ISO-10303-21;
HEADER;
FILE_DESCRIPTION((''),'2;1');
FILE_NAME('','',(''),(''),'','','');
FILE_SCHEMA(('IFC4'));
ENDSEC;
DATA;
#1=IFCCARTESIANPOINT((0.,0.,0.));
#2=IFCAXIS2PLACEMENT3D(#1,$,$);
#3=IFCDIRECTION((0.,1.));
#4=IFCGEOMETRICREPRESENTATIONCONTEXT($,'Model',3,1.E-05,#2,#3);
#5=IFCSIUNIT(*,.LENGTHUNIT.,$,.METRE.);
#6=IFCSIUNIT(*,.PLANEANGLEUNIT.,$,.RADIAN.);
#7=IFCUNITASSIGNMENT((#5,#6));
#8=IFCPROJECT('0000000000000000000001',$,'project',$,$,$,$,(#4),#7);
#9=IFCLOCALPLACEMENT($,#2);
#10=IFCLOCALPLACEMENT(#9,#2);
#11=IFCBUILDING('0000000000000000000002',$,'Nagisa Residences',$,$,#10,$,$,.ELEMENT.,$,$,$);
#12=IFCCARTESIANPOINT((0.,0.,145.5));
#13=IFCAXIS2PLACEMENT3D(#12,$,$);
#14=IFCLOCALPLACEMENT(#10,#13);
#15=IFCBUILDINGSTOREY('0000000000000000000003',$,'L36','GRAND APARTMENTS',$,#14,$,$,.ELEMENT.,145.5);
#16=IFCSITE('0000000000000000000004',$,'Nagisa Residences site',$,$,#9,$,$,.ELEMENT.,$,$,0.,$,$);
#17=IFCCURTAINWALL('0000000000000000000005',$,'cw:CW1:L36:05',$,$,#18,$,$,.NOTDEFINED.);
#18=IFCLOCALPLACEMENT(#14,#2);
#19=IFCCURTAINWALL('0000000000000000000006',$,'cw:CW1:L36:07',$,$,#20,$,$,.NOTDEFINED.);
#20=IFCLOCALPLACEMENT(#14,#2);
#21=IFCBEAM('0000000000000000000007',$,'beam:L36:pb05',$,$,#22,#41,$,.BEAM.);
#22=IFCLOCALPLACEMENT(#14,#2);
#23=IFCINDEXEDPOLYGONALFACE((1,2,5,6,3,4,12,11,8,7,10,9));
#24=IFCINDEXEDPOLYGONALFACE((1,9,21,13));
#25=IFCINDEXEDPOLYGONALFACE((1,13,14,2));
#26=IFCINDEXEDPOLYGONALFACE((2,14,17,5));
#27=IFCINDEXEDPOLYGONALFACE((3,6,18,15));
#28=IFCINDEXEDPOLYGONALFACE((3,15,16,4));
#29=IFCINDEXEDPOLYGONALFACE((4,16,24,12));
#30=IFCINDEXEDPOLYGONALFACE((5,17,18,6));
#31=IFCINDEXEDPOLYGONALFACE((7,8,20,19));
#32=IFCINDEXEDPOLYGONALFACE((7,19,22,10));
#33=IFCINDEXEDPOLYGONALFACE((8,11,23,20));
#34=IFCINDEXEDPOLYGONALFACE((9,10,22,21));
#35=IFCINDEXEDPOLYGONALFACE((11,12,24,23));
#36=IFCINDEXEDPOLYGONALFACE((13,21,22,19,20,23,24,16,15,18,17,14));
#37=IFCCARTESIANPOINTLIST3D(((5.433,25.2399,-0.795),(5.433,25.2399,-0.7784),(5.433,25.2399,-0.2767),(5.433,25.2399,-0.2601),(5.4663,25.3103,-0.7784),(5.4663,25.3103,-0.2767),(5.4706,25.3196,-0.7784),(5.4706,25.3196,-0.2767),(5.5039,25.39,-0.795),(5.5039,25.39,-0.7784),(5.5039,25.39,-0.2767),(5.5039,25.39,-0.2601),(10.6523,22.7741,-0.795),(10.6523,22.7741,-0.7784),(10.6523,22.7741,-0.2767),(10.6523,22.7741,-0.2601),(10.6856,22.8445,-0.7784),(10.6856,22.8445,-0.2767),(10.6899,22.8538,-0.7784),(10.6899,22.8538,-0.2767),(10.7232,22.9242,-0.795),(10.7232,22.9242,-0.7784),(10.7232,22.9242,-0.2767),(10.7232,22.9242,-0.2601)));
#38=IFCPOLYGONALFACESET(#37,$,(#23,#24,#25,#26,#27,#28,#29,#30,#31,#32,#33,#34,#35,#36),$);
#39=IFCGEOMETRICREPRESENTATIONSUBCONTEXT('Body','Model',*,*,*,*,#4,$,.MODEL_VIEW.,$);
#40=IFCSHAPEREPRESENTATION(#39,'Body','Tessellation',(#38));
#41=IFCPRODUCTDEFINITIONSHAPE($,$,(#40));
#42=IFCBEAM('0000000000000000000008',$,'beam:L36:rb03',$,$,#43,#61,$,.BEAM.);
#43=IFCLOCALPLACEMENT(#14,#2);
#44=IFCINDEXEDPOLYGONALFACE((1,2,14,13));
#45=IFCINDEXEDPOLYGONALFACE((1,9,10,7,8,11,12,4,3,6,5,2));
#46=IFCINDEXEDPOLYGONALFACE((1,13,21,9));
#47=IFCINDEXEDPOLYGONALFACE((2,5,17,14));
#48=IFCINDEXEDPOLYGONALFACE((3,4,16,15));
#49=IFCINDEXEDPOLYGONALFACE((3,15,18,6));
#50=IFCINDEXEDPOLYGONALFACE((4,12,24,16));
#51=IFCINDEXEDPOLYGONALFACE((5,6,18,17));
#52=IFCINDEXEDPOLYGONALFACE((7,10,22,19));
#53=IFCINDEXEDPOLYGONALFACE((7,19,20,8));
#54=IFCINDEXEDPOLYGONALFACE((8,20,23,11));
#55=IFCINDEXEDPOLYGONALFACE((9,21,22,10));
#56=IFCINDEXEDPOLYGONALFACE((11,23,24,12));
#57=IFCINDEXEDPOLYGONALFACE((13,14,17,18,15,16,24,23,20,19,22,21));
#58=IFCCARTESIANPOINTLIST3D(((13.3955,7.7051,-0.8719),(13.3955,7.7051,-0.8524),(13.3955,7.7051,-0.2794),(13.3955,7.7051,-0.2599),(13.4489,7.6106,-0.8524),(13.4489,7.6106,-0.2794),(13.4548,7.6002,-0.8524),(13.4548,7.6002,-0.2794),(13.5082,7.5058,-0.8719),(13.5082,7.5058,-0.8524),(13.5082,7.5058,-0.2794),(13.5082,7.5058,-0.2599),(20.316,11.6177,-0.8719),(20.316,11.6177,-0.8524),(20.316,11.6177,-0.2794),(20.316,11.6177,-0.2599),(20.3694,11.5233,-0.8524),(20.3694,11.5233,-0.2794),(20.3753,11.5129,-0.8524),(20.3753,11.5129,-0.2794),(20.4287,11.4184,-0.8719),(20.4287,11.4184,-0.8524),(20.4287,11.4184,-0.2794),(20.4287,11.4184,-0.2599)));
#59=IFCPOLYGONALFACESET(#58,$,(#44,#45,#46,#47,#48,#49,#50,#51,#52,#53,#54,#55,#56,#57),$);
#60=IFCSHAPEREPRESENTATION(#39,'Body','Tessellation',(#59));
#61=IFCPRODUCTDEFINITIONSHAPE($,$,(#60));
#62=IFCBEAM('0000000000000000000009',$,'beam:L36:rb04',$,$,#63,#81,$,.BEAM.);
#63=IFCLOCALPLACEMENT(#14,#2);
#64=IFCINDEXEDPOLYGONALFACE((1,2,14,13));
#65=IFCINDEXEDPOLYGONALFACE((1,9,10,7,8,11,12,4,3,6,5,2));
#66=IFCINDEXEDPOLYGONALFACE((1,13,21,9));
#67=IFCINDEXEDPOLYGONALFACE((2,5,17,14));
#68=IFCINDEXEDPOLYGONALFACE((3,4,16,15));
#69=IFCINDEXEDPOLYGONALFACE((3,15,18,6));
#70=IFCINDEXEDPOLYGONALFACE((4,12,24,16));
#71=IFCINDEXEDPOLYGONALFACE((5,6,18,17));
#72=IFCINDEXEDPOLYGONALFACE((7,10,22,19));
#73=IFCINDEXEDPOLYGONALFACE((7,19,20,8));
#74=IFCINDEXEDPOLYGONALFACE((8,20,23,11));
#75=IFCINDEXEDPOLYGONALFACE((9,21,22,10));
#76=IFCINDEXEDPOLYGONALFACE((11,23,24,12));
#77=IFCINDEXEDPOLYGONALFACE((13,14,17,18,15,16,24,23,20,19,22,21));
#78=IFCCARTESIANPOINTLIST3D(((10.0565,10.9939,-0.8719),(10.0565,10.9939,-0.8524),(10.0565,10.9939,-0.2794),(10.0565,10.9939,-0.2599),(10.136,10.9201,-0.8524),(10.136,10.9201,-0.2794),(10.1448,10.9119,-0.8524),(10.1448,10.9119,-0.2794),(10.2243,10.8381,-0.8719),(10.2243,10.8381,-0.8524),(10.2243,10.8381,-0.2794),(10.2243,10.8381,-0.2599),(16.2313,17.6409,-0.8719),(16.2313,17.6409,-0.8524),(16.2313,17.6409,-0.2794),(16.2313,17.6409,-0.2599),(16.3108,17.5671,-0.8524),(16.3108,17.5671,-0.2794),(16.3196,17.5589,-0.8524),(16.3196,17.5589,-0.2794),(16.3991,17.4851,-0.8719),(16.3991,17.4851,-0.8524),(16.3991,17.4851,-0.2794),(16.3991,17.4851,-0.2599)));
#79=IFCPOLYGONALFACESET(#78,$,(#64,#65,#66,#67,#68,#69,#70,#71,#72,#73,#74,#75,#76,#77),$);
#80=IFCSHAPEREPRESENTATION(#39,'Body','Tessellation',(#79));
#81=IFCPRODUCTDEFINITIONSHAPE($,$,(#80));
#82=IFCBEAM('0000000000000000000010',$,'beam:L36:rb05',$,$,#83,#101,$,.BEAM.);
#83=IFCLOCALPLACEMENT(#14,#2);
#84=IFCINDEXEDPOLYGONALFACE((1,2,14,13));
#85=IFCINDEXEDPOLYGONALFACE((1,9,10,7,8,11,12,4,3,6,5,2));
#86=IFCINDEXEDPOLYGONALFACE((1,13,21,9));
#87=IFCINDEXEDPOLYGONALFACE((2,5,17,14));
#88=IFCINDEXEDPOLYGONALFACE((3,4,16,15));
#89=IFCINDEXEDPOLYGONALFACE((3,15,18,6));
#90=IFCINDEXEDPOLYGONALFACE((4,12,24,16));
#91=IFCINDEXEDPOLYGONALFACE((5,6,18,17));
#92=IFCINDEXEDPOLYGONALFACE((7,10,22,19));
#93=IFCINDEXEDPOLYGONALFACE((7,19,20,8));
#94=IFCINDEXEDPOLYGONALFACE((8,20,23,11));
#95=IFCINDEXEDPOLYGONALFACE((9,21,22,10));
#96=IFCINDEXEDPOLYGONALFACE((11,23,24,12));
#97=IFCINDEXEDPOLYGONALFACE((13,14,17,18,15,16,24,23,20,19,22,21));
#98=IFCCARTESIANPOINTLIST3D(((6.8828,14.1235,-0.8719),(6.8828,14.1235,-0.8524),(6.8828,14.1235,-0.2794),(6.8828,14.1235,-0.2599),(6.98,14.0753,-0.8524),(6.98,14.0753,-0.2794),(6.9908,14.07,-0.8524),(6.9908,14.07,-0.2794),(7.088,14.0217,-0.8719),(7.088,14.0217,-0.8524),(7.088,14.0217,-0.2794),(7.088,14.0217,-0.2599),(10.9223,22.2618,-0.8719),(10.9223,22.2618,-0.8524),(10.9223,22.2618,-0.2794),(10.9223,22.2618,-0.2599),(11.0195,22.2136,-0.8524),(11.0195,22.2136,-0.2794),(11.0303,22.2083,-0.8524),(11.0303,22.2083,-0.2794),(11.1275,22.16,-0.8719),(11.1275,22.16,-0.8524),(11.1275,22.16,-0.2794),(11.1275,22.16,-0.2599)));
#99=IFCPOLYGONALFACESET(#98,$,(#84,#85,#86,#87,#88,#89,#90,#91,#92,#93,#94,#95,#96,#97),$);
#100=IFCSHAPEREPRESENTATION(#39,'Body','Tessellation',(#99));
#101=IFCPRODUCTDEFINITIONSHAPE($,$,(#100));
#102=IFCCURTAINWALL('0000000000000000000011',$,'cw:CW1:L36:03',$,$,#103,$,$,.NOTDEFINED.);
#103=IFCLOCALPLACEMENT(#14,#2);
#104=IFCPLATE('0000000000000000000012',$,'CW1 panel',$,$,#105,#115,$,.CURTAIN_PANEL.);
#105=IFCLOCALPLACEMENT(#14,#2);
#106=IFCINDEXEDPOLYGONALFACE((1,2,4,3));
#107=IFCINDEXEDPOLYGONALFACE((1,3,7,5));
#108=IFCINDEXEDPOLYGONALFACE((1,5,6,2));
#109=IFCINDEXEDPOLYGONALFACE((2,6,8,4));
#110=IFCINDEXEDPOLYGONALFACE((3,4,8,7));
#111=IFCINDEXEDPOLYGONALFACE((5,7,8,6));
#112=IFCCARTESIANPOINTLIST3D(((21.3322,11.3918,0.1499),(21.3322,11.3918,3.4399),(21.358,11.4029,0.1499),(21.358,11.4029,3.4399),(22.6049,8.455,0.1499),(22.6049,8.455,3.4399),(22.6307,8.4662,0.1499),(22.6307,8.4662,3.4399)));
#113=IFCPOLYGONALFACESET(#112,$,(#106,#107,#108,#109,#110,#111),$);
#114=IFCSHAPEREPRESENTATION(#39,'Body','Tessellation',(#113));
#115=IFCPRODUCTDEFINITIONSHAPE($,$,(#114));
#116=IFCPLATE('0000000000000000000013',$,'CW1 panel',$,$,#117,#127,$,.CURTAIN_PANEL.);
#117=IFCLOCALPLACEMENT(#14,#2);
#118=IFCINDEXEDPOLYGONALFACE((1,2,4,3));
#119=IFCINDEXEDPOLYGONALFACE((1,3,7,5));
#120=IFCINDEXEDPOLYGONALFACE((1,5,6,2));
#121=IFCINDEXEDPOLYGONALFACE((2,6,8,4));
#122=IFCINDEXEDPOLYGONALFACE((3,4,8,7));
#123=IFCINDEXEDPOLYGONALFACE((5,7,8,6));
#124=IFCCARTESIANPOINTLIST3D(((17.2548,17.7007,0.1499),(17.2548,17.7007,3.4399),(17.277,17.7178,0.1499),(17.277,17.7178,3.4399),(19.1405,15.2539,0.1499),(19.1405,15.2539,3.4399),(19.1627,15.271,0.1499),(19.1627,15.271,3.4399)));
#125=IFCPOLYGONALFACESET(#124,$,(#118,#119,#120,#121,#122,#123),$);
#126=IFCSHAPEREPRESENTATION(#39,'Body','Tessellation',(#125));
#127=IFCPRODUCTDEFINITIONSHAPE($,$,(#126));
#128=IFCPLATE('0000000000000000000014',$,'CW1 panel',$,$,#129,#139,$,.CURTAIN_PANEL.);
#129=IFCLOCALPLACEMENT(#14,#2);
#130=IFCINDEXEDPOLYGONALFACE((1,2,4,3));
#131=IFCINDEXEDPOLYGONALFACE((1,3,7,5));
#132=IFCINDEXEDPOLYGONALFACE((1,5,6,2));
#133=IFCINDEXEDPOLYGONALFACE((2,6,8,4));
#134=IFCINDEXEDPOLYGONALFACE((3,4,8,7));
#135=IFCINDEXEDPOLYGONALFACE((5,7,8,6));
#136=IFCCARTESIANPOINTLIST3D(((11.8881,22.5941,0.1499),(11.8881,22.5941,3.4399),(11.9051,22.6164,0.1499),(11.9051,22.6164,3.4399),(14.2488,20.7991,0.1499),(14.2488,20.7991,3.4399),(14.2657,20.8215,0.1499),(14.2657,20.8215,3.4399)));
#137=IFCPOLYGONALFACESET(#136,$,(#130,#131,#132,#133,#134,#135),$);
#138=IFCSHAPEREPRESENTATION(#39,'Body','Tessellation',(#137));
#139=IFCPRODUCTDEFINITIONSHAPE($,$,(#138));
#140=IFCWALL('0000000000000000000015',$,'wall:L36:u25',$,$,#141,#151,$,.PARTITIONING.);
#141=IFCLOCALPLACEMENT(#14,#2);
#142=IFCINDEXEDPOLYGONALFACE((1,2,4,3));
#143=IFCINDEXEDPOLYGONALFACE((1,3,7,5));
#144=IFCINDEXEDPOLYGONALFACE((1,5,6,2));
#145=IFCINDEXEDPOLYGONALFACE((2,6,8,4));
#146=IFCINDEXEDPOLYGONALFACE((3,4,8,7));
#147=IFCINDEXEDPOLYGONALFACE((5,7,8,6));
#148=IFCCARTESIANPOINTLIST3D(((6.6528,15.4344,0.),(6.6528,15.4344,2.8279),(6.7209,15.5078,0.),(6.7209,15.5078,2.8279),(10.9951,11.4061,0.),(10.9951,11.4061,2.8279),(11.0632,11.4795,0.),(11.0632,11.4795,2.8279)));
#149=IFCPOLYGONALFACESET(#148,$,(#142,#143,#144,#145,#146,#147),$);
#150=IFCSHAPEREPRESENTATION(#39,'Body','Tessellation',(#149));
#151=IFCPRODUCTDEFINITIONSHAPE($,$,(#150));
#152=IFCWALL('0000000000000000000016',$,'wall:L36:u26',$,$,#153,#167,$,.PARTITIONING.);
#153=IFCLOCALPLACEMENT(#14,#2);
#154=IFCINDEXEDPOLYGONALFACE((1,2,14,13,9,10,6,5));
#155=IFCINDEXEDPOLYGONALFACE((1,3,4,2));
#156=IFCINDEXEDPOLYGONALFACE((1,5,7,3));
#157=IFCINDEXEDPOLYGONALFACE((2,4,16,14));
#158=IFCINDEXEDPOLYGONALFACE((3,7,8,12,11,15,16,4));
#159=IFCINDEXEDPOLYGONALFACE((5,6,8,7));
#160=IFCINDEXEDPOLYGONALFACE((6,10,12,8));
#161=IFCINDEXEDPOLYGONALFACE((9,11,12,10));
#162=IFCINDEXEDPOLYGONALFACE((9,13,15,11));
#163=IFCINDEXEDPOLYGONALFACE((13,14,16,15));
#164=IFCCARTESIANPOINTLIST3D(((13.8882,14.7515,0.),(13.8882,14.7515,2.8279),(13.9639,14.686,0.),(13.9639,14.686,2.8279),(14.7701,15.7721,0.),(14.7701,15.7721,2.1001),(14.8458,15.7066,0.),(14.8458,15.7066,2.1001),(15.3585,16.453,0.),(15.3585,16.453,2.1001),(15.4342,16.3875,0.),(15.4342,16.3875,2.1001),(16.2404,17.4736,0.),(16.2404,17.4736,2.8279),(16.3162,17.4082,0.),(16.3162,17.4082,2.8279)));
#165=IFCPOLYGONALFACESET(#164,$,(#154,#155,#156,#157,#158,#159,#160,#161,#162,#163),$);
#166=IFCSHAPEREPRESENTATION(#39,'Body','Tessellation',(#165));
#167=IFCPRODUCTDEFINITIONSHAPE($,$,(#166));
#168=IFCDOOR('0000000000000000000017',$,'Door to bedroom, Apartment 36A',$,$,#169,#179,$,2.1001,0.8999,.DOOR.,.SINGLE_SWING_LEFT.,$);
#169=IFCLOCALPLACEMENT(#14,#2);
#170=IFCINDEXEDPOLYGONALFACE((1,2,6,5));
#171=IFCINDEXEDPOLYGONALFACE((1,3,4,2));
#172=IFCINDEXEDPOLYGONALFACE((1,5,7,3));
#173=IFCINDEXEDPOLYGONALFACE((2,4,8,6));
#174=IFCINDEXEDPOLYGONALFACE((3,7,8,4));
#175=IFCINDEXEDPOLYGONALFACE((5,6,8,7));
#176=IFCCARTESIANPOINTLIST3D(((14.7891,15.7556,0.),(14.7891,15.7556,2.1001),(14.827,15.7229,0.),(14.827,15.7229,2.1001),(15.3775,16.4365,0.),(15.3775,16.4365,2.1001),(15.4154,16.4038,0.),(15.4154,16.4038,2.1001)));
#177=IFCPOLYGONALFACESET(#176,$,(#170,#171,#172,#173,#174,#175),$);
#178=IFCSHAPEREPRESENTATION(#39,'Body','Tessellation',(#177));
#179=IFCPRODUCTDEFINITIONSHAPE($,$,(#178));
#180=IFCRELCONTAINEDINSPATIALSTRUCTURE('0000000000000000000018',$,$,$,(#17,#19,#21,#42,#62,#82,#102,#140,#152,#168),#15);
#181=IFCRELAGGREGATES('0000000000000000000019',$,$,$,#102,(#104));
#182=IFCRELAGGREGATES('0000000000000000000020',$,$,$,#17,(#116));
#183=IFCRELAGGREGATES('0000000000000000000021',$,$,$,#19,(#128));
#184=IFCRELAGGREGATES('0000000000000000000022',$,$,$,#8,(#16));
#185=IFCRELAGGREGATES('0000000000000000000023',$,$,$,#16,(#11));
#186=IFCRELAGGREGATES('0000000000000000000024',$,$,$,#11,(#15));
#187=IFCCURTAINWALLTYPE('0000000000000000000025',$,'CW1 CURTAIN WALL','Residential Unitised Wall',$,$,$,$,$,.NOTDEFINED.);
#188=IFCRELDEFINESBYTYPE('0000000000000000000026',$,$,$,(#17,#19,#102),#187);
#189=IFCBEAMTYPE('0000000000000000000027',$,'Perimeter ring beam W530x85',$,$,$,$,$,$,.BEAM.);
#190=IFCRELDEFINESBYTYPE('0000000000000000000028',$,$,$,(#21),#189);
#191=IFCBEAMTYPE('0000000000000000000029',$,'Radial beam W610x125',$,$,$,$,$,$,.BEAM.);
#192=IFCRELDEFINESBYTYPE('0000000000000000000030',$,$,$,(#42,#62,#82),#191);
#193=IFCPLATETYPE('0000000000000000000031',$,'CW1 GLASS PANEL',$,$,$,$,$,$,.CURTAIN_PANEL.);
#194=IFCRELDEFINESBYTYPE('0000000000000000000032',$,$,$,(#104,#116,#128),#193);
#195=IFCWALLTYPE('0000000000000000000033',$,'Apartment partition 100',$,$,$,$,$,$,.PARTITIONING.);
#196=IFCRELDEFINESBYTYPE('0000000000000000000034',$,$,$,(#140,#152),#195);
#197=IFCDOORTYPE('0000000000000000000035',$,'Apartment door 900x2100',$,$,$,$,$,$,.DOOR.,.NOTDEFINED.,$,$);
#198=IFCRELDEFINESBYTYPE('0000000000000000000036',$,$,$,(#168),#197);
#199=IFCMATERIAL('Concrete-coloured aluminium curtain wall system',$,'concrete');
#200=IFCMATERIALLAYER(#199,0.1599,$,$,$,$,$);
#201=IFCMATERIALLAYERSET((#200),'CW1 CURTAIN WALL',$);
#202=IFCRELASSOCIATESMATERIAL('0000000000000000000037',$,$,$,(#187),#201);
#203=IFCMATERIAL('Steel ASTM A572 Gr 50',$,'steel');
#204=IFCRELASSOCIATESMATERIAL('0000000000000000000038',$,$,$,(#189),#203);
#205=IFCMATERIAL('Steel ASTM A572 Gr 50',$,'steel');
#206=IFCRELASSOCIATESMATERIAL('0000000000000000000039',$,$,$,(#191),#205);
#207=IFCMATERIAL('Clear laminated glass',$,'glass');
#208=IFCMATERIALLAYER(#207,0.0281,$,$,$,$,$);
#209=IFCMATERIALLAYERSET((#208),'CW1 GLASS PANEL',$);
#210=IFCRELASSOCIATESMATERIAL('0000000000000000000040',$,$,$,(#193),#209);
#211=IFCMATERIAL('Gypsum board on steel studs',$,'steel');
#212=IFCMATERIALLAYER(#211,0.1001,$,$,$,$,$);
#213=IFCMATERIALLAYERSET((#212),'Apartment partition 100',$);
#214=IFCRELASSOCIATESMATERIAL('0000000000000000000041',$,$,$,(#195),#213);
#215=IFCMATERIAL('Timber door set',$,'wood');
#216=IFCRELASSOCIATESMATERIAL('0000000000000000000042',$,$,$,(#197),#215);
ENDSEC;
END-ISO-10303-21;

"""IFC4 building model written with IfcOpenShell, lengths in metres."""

from ifc_helpers import new_model, si_unit, direction, frame, frame_2d, origin, origin_2d, place, context, subcontext, project, spatial, rectangle, i_section, extrude, material, layer, layer_set, material_profile, profile_set, type_object, element, fill, aggregate, save


model = new_model("IFC4")

# Units and contexts
model_context = context("Model", 3, precision=1e-05, world=origin(), true_north=direction((0.0, 1.0)))
body_context = subcontext(model_context, "Body", "Model", "MODEL_VIEW")
ifc_project = project(units=[si_unit("LENGTHUNIT", "METRE"), si_unit("PLANEANGLEUNIT", "RADIAN")], contexts=[model_context])

# Site, building, storey
site_placement = place(None, origin())
site = spatial("IfcSite", under=ifc_project, at=site_placement, Name="Nagisa Residences site", CompositionType="ELEMENT", RefElevation=0.0)
building_placement = place(site_placement, origin())
building = spatial("IfcBuilding", under=site, at=building_placement, Name="Nagisa Residences", CompositionType="ELEMENT")
storey_placement = place(building_placement, frame((0.0, 0.0, 145.5)))
storey = spatial("IfcBuildingStorey", under=building, at=storey_placement, Name="L36", Description="GRAND APARTMENTS", CompositionType="ELEMENT", Elevation=145.5)

# Curtain walls
ifc_material_1 = material(Name="Concrete-coloured aluminium curtain wall system", Category="concrete")
ifc_layer_1 = layer(ifc_material_1, 0.1599)
ifc_layer_set_1 = layer_set([ifc_layer_1], Name="CW1 CURTAIN WALL")
curtain_wall_type = type_object("IfcCurtainWallType", Name="CW1 CURTAIN WALL", Description="Residential Unitised Wall", PredefinedType="NOTDEFINED", material=ifc_layer_set_1)
curtain_wall_1_placement = place(storey_placement, origin())
curtain_wall_1 = element("IfcCurtainWall", 1, at=curtain_wall_1_placement, inside=storey, type_object=curtain_wall_type, Name="cw:CW1:L36:05", PredefinedType="NOTDEFINED")
curtain_wall_2_placement = place(storey_placement, origin())
curtain_wall_2 = element("IfcCurtainWall", 2, at=curtain_wall_2_placement, inside=storey, type_object=curtain_wall_type, Name="cw:CW1:L36:07", PredefinedType="NOTDEFINED")

# Beams
ifc_material_2 = material(Name="Steel ASTM A572 Gr 50", Category="steel")
ifc_material_profile_1 = material_profile(ifc_material_2, i_section(OverallWidth=0.166, OverallDepth=0.5349, WebThickness=0.0103, FlangeThickness=0.0166, at=origin_2d()), Name="W530x85")
ifc_profile_set_1 = profile_set([ifc_material_profile_1], Name="Steel ASTM A572 Gr 50")
beam_type_1 = type_object("IfcBeamType", Name="Perimeter ring beam W530x85", PredefinedType="BEAM", material=ifc_profile_set_1)
beam_1_placement = place(storey_placement, frame((10.6877, 22.8491, -0.5276), z_axis=(-0.90417, 0.427173, 0.0), x_axis=(-0.427173, -0.90417, 0.0)))
element("IfcBeam", 3, at=beam_1_placement, inside=storey, type_object=beam_type_1, Name="beam:L36:pb05", PredefinedType="BEAM", context=body_context, shape_type="SweptSolid", body=[
    extrude(i_section(OverallWidth=0.166, OverallDepth=0.5349, WebThickness=0.0103, FlangeThickness=0.0166, at=origin_2d()), origin(), (0.0, 0.0, 1.0), 5.7725),
])
ifc_material_3 = material(Name="Steel ASTM A572 Gr 50", Category="steel")
ifc_material_profile_2 = material_profile(ifc_material_3, i_section(OverallWidth=0.229, OverallDepth=0.6121, WebThickness=0.012, FlangeThickness=0.0195, at=origin_2d()), Name="W610x125")
ifc_profile_set_2 = profile_set([ifc_material_profile_2], Name="Steel ASTM A572 Gr 50")
beam_type_2 = type_object("IfcBeamType", Name="Radial beam W610x125", PredefinedType="BEAM", material=ifc_profile_set_2)
beam_2_placement = place(storey_placement, frame((20.3723, 11.5181, -0.5659), z_axis=(-0.870506, -0.492158, 0.0), x_axis=(0.492158, -0.870506, 0.0)))
element("IfcBeam", 4, at=beam_2_placement, inside=storey, type_object=beam_type_2, Name="beam:L36:rb03", PredefinedType="BEAM", context=body_context, shape_type="SweptSolid", body=[
    extrude(i_section(OverallWidth=0.229, OverallDepth=0.6121, WebThickness=0.012, FlangeThickness=0.0195, at=origin_2d()), origin(), (0.0, 0.0, 1.0), 7.95),
])
beam_3_placement = place(storey_placement, frame((16.3152, 17.563, -0.5659), z_axis=(-0.680606, -0.73265, 0.0), x_axis=(0.73265, -0.680606, 0.0)))
element("IfcBeam", 5, at=beam_3_placement, inside=storey, type_object=beam_type_2, Name="beam:L36:rb04", PredefinedType="BEAM", context=body_context, shape_type="SweptSolid", body=[
    extrude(i_section(OverallWidth=0.229, OverallDepth=0.6121, WebThickness=0.012, FlangeThickness=0.0195, at=origin_2d()), origin(), (0.0, 0.0, 1.0), 9.0725),
])
beam_4_placement = place(storey_placement, frame((11.0249, 22.2109, -0.5659), z_axis=(-0.4446, -0.895729, 0.0), x_axis=(0.895729, -0.4446, 0.0)))
element("IfcBeam", 6, at=beam_4_placement, inside=storey, type_object=beam_type_2, Name="beam:L36:rb05", PredefinedType="BEAM", context=body_context, shape_type="SweptSolid", body=[
    extrude(i_section(OverallWidth=0.229, OverallDepth=0.6121, WebThickness=0.012, FlangeThickness=0.0195, at=origin_2d()), origin(), (0.0, 0.0, 1.0), 9.0857),
])

# Curtain wall, plate
curtain_wall_3_placement = place(storey_placement, origin())
curtain_wall_3 = element("IfcCurtainWall", 7, at=curtain_wall_3_placement, inside=storey, type_object=curtain_wall_type, Name="cw:CW1:L36:03", PredefinedType="NOTDEFINED")
ifc_material_4 = material(Name="Clear laminated glass", Category="glass")
ifc_layer_2 = layer(ifc_material_4, 0.0281)
ifc_layer_set_2 = layer_set([ifc_layer_2], Name="CW1 GLASS PANEL")
plate_type = type_object("IfcPlateType", Name="CW1 GLASS PANEL", PredefinedType="CURTAIN_PANEL", material=ifc_layer_set_2)
plate_1_placement = place(storey_placement, frame((21.9814, 9.929, 0.1499), z_axis=(0.0, 0.0, 1.0), x_axis=(-0.397636, 0.917543, 0.0)))
plate_1 = element("IfcPlate", 8, at=plate_1_placement, type_object=plate_type, Name="CW1 panel", PredefinedType="CURTAIN_PANEL", context=body_context, shape_type="SweptSolid", body=[
    extrude(rectangle(XDim=3.2007, YDim=0.0281, at=origin_2d()), origin(), (0.0, 0.0, 1.0), 3.29),
])
aggregate(curtain_wall_3, [plate_1])

# Plates
plate_2_placement = place(storey_placement, frame((18.2087, 16.4858, 0.1499), z_axis=(0.0, 0.0, 1.0), x_axis=(-0.61043, 0.79207, 0.0)))
plate_2 = element("IfcPlate", 9, at=plate_2_placement, type_object=plate_type, Name="CW1 panel", PredefinedType="CURTAIN_PANEL", context=body_context, shape_type="SweptSolid", body=[
    extrude(rectangle(XDim=3.0891, YDim=0.0281, at=origin_2d()), origin(), (0.0, 0.0, 1.0), 3.29),
])
aggregate(curtain_wall_1, [plate_2])
plate_3_placement = place(storey_placement, frame((13.0769, 21.7078, 0.1499), z_axis=(0.0, 0.0, 1.0), x_axis=(-0.796031, 0.605255, 0.0)))
plate_3 = element("IfcPlate", 10, at=plate_3_placement, type_object=plate_type, Name="CW1 panel", PredefinedType="CURTAIN_PANEL", context=body_context, shape_type="SweptSolid", body=[
    extrude(rectangle(XDim=2.9656, YDim=0.0281, at=origin_2d()), origin(), (0.0, 0.0, 1.0), 3.29),
])
aggregate(curtain_wall_2, [plate_3])

# Wall
ifc_material_5 = material(Name="Gypsum board on steel studs", Category="steel")
ifc_layer_3 = layer(ifc_material_5, 0.1001)
ifc_layer_set_3 = layer_set([ifc_layer_3], Name="Apartment partition 100")
wall_type_1 = type_object("IfcWallType", Name="Apartment partition 100", PredefinedType="PARTITIONING", material=ifc_layer_set_3)
wall_1_placement = place(storey_placement, frame((11.0291, 11.4429, 0.0), z_axis=(0.0, 0.0, 1.0), x_axis=(-0.733113, 0.680106, 0.0)))
element("IfcWall", 11, at=wall_1_placement, inside=storey, type_object=wall_type_1, Name="wall:L36:u25", PredefinedType="PARTITIONING", context=body_context, shape_type="SweptSolid", body=[
    extrude(rectangle(XDim=5.9231, YDim=0.1001, at=frame_2d((2.9614, 0.0))), origin(), (0.0, 0.0, 1.0), 2.8279),
])

# Wall, opening, door
wall_2_placement = place(storey_placement, frame((13.926, 14.7188, 0.0), z_axis=(0.0, 0.0, 1.0), x_axis=(0.653832, 0.75664, 0.0)))
wall_2 = element("IfcWall", 12, at=wall_2_placement, inside=storey, type_object=wall_type_1, Name="wall:L36:u26", PredefinedType="PARTITIONING", context=body_context, shape_type="SweptSolid", body=[
    extrude(rectangle(XDim=3.5977, YDim=0.1001, at=frame_2d((1.7988, 0.0))), origin(), (0.0, 0.0, 1.0), 2.8279),
])
opening_1_placement = place(wall_2_placement, frame((1.3489, 0.0, 0.0)))
opening_1 = element("IfcOpeningElement", 13, at=opening_1_placement, cuts=wall_2, PredefinedType="OPENING", context=body_context, shape_type="SweptSolid", body=[
    extrude(rectangle(XDim=0.8999, YDim=2.1001, at=frame_2d((0.45, 1.05))), frame((0.0, 0.0601, 0.0), z_axis=(0.0, -1.0, 0.0), x_axis=(1.0, 0.0, 0.0)), (0.0, 0.0, 1.0), 0.1201),
])
ifc_material_6 = material(Name="Timber door set", Category="wood")
door_type_1 = type_object("IfcDoorType", Name="Apartment door 900x2100", OperationType="NOTDEFINED", PredefinedType="DOOR", material=ifc_material_6)
door_1_placement = place(opening_1_placement, origin())
door_1 = element("IfcDoor", 14, at=door_1_placement, inside=storey, type_object=door_type_1, Name="Door to bedroom, Apartment 36A", OperationType="SINGLE_SWING_LEFT", OverallHeight=2.1001, OverallWidth=0.8999, PredefinedType="DOOR", context=body_context, shape_type="SweptSolid", body=[
    extrude(rectangle(XDim=0.8999, YDim=2.1001, at=frame_2d((0.45, 1.05))), frame((0.0, 0.0249, 0.0), z_axis=(0.0, -1.0, 0.0), x_axis=(1.0, 0.0, 0.0)), (0.0, 0.0, 1.0), 0.05),
])
fill(opening_1, door_1)

save(model, "model.ifc")
